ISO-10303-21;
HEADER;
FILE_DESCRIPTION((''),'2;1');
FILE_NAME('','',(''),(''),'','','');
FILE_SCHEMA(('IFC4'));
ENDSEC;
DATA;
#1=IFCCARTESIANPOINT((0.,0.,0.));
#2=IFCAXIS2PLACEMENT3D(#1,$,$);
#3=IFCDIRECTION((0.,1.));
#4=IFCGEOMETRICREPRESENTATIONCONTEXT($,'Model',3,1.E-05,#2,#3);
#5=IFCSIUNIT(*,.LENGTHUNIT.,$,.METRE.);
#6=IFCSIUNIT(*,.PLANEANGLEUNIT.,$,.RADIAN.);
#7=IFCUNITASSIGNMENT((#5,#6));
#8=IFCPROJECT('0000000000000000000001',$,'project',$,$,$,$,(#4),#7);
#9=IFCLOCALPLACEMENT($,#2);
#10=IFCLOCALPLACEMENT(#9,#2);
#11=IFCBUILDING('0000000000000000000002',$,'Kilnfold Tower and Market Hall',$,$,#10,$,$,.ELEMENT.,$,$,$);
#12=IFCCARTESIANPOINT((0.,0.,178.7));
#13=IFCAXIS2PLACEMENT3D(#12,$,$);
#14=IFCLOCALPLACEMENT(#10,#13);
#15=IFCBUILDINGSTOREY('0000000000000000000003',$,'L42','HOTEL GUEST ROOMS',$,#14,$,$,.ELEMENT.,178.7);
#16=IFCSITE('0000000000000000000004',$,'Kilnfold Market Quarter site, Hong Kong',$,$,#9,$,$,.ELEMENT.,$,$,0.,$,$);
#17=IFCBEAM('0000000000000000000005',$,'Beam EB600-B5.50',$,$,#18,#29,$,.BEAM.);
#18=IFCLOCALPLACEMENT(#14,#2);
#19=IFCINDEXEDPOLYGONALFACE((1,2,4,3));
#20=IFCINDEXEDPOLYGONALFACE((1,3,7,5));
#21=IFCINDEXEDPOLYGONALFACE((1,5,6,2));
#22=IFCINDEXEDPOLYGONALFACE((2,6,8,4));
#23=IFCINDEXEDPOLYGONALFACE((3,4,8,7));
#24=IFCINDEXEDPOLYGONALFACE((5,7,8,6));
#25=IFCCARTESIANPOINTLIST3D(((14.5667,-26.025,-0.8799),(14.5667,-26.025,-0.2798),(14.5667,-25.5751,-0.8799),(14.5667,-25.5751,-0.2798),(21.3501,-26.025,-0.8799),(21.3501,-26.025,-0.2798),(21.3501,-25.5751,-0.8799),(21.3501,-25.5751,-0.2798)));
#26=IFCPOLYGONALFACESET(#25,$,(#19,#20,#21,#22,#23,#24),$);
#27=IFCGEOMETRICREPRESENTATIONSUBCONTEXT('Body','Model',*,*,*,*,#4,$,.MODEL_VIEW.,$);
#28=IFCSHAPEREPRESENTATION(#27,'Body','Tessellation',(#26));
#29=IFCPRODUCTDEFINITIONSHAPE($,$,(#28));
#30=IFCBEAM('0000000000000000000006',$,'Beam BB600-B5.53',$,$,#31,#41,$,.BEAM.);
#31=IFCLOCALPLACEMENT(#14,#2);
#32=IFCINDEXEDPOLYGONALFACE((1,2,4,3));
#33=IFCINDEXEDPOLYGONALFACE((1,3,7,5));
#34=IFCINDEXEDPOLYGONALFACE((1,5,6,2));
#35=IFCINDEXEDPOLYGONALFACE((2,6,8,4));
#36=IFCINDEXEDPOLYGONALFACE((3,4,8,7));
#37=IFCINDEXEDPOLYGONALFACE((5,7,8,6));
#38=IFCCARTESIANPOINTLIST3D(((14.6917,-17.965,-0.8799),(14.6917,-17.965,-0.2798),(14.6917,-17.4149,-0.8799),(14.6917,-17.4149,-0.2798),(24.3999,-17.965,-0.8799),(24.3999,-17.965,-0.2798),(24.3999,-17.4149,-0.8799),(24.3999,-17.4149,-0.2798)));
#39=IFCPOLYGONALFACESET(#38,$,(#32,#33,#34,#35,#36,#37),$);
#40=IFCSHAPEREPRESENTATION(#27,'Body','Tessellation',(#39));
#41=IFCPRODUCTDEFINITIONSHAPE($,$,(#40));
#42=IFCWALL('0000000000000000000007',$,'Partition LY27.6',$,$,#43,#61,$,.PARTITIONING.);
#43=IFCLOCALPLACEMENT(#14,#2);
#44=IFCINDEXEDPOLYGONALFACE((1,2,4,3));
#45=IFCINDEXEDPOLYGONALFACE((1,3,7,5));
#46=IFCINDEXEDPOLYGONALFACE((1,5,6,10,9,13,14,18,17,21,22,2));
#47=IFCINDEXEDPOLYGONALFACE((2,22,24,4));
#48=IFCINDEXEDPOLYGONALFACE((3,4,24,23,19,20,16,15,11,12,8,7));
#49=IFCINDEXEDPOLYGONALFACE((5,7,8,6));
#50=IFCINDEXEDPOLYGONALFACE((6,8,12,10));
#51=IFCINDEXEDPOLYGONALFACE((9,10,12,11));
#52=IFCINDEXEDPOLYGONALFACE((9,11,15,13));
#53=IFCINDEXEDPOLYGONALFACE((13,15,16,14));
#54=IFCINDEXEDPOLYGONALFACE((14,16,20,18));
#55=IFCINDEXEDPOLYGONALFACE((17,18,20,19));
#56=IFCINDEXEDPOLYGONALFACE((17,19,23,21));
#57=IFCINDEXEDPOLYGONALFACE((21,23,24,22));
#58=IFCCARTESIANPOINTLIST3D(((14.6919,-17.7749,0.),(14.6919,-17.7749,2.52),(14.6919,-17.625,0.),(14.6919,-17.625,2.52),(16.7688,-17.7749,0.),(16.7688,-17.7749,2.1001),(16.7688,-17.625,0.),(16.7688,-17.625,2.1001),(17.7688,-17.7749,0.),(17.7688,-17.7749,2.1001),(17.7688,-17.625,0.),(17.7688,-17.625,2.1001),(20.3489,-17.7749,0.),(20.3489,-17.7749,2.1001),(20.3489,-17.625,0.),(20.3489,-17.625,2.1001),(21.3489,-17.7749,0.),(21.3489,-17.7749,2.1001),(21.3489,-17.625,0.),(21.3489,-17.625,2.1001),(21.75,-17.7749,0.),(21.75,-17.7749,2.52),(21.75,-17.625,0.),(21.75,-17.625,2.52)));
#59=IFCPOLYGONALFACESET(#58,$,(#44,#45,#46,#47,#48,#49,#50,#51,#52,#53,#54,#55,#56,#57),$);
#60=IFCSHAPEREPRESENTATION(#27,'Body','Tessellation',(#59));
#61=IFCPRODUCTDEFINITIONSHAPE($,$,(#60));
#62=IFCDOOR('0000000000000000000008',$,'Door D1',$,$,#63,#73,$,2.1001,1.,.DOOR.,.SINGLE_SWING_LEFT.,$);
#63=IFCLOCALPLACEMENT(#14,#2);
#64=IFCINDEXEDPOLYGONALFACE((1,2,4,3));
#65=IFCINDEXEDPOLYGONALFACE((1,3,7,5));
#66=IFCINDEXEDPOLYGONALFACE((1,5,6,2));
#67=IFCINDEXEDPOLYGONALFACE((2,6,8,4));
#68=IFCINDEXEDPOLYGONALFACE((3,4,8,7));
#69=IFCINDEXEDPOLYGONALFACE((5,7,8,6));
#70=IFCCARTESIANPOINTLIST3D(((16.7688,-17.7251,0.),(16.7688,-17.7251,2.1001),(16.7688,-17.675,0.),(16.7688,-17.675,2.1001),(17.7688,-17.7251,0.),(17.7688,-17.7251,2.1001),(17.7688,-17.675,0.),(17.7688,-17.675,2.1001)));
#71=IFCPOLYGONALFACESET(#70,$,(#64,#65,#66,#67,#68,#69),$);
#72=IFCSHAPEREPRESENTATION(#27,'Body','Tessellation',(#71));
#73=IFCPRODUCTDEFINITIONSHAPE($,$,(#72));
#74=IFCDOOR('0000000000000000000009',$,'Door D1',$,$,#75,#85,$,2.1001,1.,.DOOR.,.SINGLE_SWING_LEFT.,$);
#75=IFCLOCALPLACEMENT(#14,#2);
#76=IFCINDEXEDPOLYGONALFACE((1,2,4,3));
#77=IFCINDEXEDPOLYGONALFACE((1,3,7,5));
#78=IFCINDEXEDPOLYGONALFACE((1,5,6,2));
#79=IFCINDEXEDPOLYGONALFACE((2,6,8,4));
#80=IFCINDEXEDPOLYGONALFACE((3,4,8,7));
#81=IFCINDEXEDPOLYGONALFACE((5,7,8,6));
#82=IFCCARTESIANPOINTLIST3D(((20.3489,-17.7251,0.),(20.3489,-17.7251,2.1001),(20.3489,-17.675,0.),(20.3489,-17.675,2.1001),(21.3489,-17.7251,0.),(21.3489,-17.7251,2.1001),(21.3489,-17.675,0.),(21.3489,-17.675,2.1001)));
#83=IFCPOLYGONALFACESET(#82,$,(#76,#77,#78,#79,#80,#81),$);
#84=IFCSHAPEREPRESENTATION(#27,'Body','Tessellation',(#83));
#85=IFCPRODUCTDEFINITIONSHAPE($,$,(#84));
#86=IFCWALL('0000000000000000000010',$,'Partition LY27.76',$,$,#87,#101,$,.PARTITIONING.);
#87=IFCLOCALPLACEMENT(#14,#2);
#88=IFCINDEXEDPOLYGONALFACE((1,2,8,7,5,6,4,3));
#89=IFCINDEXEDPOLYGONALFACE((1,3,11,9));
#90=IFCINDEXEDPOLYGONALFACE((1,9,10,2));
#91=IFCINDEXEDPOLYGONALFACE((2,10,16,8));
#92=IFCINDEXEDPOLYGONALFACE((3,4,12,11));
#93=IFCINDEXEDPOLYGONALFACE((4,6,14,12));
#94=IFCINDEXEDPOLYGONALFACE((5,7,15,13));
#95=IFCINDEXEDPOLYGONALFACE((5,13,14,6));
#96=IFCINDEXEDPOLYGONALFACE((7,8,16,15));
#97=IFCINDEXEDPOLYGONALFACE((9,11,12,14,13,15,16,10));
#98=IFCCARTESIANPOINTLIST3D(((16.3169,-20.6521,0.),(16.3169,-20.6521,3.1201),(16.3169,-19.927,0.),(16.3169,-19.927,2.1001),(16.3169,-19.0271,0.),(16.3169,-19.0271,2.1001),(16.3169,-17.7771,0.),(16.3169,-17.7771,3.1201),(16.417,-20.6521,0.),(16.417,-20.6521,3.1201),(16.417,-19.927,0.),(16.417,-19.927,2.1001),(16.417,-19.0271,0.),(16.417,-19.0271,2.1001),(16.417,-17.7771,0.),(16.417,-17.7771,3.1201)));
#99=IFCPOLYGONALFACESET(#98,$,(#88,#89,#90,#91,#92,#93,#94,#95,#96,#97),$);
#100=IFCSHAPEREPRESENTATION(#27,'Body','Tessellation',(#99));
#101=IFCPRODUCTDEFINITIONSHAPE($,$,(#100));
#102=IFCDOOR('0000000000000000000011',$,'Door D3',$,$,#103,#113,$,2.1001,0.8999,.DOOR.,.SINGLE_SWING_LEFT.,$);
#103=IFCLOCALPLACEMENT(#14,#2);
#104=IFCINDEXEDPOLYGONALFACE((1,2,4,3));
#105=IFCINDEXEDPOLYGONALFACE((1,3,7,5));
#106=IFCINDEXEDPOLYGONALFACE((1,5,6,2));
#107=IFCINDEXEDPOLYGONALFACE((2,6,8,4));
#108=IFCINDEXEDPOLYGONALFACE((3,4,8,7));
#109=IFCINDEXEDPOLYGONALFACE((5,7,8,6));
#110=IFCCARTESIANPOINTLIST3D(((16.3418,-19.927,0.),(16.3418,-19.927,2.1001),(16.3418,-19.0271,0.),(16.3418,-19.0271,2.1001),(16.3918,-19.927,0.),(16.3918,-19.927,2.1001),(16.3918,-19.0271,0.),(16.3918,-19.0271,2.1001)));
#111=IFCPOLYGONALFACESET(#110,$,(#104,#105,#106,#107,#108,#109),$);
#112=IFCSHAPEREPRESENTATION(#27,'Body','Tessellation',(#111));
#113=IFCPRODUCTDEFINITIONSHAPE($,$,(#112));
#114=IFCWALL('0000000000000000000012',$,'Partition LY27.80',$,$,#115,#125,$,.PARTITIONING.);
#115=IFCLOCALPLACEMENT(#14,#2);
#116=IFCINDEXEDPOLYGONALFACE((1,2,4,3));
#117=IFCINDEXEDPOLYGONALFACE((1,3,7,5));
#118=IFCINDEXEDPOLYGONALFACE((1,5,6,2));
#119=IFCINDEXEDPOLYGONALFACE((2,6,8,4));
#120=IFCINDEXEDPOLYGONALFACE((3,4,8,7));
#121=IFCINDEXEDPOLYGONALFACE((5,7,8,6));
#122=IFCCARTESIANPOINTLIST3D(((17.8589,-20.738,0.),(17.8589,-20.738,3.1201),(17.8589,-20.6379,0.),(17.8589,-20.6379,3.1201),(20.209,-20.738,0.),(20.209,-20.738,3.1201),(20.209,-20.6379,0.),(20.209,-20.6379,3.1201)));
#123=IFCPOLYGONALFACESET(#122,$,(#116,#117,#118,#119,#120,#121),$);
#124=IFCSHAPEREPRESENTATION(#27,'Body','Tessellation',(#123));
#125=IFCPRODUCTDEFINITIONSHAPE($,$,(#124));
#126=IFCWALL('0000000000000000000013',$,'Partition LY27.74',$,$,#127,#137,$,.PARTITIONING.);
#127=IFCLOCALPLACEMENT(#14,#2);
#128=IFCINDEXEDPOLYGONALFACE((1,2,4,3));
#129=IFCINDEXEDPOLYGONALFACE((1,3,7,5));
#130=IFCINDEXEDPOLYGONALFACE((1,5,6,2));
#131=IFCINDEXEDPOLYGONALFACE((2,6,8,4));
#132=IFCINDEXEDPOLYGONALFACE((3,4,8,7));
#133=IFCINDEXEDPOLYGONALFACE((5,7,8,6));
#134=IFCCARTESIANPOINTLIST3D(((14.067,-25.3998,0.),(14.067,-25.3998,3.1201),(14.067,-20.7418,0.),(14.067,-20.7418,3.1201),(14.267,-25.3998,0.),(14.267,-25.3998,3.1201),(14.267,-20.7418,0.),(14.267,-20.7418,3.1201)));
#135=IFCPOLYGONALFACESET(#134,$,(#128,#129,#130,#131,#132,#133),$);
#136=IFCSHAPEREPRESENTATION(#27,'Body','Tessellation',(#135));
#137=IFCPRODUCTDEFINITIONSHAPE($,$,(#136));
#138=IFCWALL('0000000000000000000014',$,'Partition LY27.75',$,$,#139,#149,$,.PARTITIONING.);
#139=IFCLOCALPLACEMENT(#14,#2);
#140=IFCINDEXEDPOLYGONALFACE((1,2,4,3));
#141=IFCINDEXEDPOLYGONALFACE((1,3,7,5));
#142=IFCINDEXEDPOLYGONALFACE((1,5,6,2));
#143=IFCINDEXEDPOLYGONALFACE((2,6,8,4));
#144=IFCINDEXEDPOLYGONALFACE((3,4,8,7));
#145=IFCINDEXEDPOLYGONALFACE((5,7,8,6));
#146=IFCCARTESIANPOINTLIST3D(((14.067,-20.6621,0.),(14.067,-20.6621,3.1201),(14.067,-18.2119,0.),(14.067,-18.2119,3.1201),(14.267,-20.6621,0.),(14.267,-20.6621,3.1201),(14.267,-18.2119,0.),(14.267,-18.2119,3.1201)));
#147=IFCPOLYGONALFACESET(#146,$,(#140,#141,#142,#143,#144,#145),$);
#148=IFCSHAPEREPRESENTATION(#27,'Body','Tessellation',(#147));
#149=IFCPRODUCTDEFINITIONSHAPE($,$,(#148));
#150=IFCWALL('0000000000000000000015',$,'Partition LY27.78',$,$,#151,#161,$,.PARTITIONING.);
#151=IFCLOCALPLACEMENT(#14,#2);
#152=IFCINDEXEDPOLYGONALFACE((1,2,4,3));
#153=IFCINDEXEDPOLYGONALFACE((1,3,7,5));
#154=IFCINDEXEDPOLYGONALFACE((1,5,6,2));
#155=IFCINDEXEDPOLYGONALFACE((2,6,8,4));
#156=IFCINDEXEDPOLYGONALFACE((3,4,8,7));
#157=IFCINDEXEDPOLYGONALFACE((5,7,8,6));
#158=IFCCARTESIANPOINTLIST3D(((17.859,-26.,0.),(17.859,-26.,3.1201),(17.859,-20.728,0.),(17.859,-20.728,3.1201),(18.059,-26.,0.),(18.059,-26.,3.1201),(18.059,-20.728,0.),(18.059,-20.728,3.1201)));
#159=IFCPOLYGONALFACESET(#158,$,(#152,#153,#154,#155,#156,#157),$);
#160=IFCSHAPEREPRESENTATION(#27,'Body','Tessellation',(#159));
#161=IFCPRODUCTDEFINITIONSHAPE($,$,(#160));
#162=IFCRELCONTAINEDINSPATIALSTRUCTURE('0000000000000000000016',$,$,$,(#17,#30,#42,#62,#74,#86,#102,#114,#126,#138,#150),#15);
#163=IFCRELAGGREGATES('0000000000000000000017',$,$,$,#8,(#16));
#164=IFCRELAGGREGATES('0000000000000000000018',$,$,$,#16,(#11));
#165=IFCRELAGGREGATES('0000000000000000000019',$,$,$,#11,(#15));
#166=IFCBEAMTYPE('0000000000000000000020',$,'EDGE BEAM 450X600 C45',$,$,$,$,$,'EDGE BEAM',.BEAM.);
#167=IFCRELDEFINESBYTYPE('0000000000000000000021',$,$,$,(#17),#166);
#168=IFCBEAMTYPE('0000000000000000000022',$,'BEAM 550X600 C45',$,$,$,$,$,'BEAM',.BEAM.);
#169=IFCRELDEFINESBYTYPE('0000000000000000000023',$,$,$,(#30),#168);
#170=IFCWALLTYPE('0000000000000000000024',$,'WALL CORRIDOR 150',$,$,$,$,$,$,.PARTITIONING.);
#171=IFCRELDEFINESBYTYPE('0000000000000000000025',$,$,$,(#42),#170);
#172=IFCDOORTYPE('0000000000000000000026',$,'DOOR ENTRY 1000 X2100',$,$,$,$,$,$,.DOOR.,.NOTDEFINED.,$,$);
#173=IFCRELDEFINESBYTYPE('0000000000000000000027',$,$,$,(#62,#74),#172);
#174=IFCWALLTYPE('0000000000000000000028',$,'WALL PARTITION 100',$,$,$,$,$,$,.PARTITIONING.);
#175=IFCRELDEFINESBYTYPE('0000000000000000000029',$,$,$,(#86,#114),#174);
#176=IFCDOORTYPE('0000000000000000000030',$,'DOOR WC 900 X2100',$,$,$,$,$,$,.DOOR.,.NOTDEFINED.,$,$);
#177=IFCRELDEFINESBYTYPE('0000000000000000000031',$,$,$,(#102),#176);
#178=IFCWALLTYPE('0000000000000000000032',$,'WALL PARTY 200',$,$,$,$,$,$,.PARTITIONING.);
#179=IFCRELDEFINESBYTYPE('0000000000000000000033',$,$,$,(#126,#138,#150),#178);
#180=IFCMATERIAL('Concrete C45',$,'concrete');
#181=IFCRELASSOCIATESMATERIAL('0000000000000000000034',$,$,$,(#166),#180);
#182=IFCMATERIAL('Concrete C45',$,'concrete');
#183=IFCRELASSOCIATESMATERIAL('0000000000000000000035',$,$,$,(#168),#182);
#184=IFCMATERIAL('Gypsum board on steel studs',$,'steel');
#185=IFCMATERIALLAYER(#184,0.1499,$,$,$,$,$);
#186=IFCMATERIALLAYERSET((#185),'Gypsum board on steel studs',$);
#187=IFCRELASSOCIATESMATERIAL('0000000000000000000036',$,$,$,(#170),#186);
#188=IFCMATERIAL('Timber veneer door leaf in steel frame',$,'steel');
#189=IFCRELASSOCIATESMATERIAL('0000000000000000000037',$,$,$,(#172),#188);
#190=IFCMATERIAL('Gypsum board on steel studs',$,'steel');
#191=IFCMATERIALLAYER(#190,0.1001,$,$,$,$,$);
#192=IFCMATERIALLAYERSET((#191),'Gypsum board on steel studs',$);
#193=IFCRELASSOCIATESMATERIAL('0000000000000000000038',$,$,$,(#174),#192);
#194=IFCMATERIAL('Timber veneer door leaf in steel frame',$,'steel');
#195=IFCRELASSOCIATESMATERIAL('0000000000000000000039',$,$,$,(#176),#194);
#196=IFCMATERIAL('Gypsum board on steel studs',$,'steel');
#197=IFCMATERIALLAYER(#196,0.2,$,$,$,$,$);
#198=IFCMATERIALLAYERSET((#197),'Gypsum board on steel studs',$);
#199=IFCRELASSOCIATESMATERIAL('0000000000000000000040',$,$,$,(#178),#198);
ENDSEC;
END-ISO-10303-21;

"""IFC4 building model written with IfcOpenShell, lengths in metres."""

from ifc_helpers import new_model, si_unit, direction, frame, frame_2d, origin, origin_2d, place, context, subcontext, project, spatial, rectangle, extrude, source, transform, mapped, material, layer, layer_set, material_profile, profile_set, type_object, element, fill, save


model = new_model("IFC4")

# Units and contexts
model_context = context("Model", 3, precision=1e-05, world=origin(), true_north=direction((0.0, 1.0)))
body_context = subcontext(model_context, "Body", "Model", "MODEL_VIEW")
ifc_project = project(units=[si_unit("LENGTHUNIT", "METRE"), si_unit("PLANEANGLEUNIT", "RADIAN")], contexts=[model_context])

# Site, building, storey
site_placement = place(None, origin())
site = spatial("IfcSite", under=ifc_project, at=site_placement, Name="Kilnfold Market Quarter site, Hong Kong", CompositionType="ELEMENT", RefElevation=0.0)
building_placement = place(site_placement, origin())
building = spatial("IfcBuilding", under=site, at=building_placement, Name="Kilnfold Tower and Market Hall", CompositionType="ELEMENT")
storey_placement = place(building_placement, frame((0.0, 0.0, 178.7)))
storey = spatial("IfcBuildingStorey", under=building, at=storey_placement, Name="L42", Description="HOTEL GUEST ROOMS", CompositionType="ELEMENT", Elevation=178.7)

# Beams
ifc_material_1 = material(Name="Concrete C45", Category="concrete")
ifc_material_profile_1 = material_profile(ifc_material_1, rectangle(XDim=0.45, YDim=0.6001, at=origin_2d()), Name="RC 450x600")
ifc_profile_set_1 = profile_set([ifc_material_profile_1], Name="Concrete C45")
beam_type_1 = type_object("IfcBeamType", Name="EDGE BEAM 450X600 C45", ElementType="EDGE BEAM", PredefinedType="BEAM", material=ifc_profile_set_1)
shared_shape_1 = source(origin(), body_context, "Body", "SweptSolid", [
    extrude(rectangle(XDim=0.45, YDim=0.6001, at=origin_2d()), origin(), (0.0, 0.0, 1.0), 6.7834),
])
beam_1_placement = place(storey_placement, frame((14.5667, -25.8, -0.5798), z_axis=(1.0, 0.0, 0.0), x_axis=(0.0, 1.0, 0.0)))
element("IfcBeam", 1, at=beam_1_placement, inside=storey, type_object=beam_type_1, Name="Beam EB600-B5.50", PredefinedType="BEAM", context=body_context, shape_type="MappedRepresentation", body=[
    mapped(shared_shape_1, transform((0.0, 0.0, 0.0))),
])
ifc_material_2 = material(Name="Concrete C45", Category="concrete")
ifc_material_profile_2 = material_profile(ifc_material_2, rectangle(XDim=0.55, YDim=0.6001, at=origin_2d()), Name="RC 550x600")
ifc_profile_set_2 = profile_set([ifc_material_profile_2], Name="Concrete C45")
beam_type_2 = type_object("IfcBeamType", Name="BEAM 550X600 C45", ElementType="BEAM", PredefinedType="BEAM", material=ifc_profile_set_2)
shared_shape_2 = source(origin(), body_context, "Body", "SweptSolid", [
    extrude(rectangle(XDim=0.55, YDim=0.6001, at=origin_2d()), origin(), (0.0, 0.0, 1.0), 9.7083),
])
beam_2_placement = place(storey_placement, frame((14.6917, -17.6899, -0.5798), z_axis=(1.0, 0.0, 0.0), x_axis=(0.0, 1.0, 0.0)))
element("IfcBeam", 2, at=beam_2_placement, inside=storey, type_object=beam_type_2, Name="Beam BB600-B5.53", PredefinedType="BEAM", context=body_context, shape_type="MappedRepresentation", body=[
    mapped(shared_shape_2, transform((0.0, 0.0, 0.0))),
])

# Wall, openings, doors
ifc_material_3 = material(Name="Gypsum board on steel studs", Category="steel")
ifc_layer_1 = layer(ifc_material_3, 0.1499)
ifc_layer_set_1 = layer_set([ifc_layer_1], Name="Gypsum board on steel studs")
wall_type_1 = type_object("IfcWallType", Name="WALL CORRIDOR 150", PredefinedType="PARTITIONING", material=ifc_layer_set_1)
wall_1_placement = place(storey_placement, frame((14.6919, -17.7, 0.0), z_axis=(0.0, 0.0, 1.0), x_axis=(1.0, 0.0, 0.0)))
wall_1 = element("IfcWall", 3, at=wall_1_placement, inside=storey, type_object=wall_type_1, Name="Partition LY27.6", PredefinedType="PARTITIONING", context=body_context, shape_type="SweptSolid", body=[
    extrude(rectangle(XDim=7.0581, YDim=0.1499, at=frame_2d((3.5291, 0.0))), origin(), (0.0, 0.0, 1.0), 2.52),
])
opening_1_placement = place(wall_1_placement, frame((2.0769, 0.0, 0.0)))
opening_1 = element("IfcOpeningElement", 4, at=opening_1_placement, cuts=wall_1, PredefinedType="OPENING", context=body_context, shape_type="SweptSolid", body=[
    extrude(rectangle(XDim=1.0, YDim=2.1001, at=frame_2d((0.5, 1.05))), frame((0.0, 0.085, 0.0), z_axis=(0.0, -1.0, 0.0), x_axis=(1.0, 0.0, 0.0)), (0.0, 0.0, 1.0), 0.1699),
])
opening_2_placement = place(wall_1_placement, frame((5.657, 0.0, 0.0)))
opening_2 = element("IfcOpeningElement", 5, at=opening_2_placement, cuts=wall_1, PredefinedType="OPENING", context=body_context, shape_type="SweptSolid", body=[
    extrude(rectangle(XDim=1.0, YDim=2.1001, at=frame_2d((0.5, 1.05))), frame((0.0, 0.085, 0.0), z_axis=(0.0, -1.0, 0.0), x_axis=(1.0, 0.0, 0.0)), (0.0, 0.0, 1.0), 0.1699),
])
ifc_material_4 = material(Name="Timber veneer door leaf in steel frame", Category="steel")
door_type_1 = type_object("IfcDoorType", Name="DOOR ENTRY 1000 X2100", OperationType="NOTDEFINED", PredefinedType="DOOR", material=ifc_material_4)
door_1_placement = place(opening_1_placement, origin())
door_1 = element("IfcDoor", 6, at=door_1_placement, inside=storey, type_object=door_type_1, Name="Door D1", OperationType="SINGLE_SWING_LEFT", OverallHeight=2.1001, OverallWidth=1.0, PredefinedType="DOOR", context=body_context, shape_type="SweptSolid", body=[
    extrude(rectangle(XDim=1.0, YDim=2.1001, at=frame_2d((0.5, 1.05))), frame((0.0, 0.0249, 0.0), z_axis=(0.0, -1.0, 0.0), x_axis=(1.0, 0.0, 0.0)), (0.0, 0.0, 1.0), 0.05),
])
fill(opening_1, door_1)
door_2_placement = place(opening_2_placement, origin())
door_2 = element("IfcDoor", 7, at=door_2_placement, inside=storey, type_object=door_type_1, Name="Door D1", OperationType="SINGLE_SWING_LEFT", OverallHeight=2.1001, OverallWidth=1.0, PredefinedType="DOOR", context=body_context, shape_type="SweptSolid", body=[
    extrude(rectangle(XDim=1.0, YDim=2.1001, at=frame_2d((0.5, 1.05))), frame((0.0, 0.0249, 0.0), z_axis=(0.0, -1.0, 0.0), x_axis=(1.0, 0.0, 0.0)), (0.0, 0.0, 1.0), 0.05),
])
fill(opening_2, door_2)

# Wall, opening, door
ifc_material_5 = material(Name="Gypsum board on steel studs", Category="steel")
ifc_layer_2 = layer(ifc_material_5, 0.1001)
ifc_layer_set_2 = layer_set([ifc_layer_2], Name="Gypsum board on steel studs")
wall_type_2 = type_object("IfcWallType", Name="WALL PARTITION 100", PredefinedType="PARTITIONING", material=ifc_layer_set_2)
wall_2_placement = place(storey_placement, frame((16.3669, -17.7771, 0.0), z_axis=(0.0, 0.0, 1.0), x_axis=(0.0, -1.0, 0.0)))
wall_2 = element("IfcWall", 8, at=wall_2_placement, inside=storey, type_object=wall_type_2, Name="Partition LY27.76", PredefinedType="PARTITIONING", context=body_context, shape_type="SweptSolid", body=[
    extrude(rectangle(XDim=2.875, YDim=0.1001, at=frame_2d((1.4375, 0.0))), origin(), (0.0, 0.0, 1.0), 3.1201),
])
opening_3_placement = place(wall_2_placement, frame((1.25, 0.0, 0.0)))
opening_3 = element("IfcOpeningElement", 9, at=opening_3_placement, cuts=wall_2, PredefinedType="OPENING", context=body_context, shape_type="SweptSolid", body=[
    extrude(rectangle(XDim=0.8999, YDim=2.1001, at=frame_2d((0.45, 1.05))), frame((0.0, 0.0601, 0.0), z_axis=(0.0, -1.0, 0.0), x_axis=(1.0, 0.0, 0.0)), (0.0, 0.0, 1.0), 0.1201),
])
ifc_material_6 = material(Name="Timber veneer door leaf in steel frame", Category="steel")
door_type_2 = type_object("IfcDoorType", Name="DOOR WC 900 X2100", OperationType="NOTDEFINED", PredefinedType="DOOR", material=ifc_material_6)
door_3_placement = place(opening_3_placement, origin())
door_3 = element("IfcDoor", 10, at=door_3_placement, inside=storey, type_object=door_type_2, Name="Door D3", OperationType="SINGLE_SWING_LEFT", OverallHeight=2.1001, OverallWidth=0.8999, PredefinedType="DOOR", context=body_context, shape_type="SweptSolid", body=[
    extrude(rectangle(XDim=0.8999, YDim=2.1001, at=frame_2d((0.45, 1.05))), frame((0.0, 0.0249, 0.0), z_axis=(0.0, -1.0, 0.0), x_axis=(1.0, 0.0, 0.0)), (0.0, 0.0, 1.0), 0.05),
])
fill(opening_3, door_3)

# Walls
wall_3_placement = place(storey_placement, frame((17.8589, -20.688, 0.0), z_axis=(0.0, 0.0, 1.0), x_axis=(1.0, 0.0, 0.0)))
element("IfcWall", 11, at=wall_3_placement, inside=storey, type_object=wall_type_2, Name="Partition LY27.80", PredefinedType="PARTITIONING", context=body_context, shape_type="SweptSolid", body=[
    extrude(rectangle(XDim=2.3501, YDim=0.1001, at=frame_2d((1.175, 0.0))), origin(), (0.0, 0.0, 1.0), 3.1201),
])
ifc_material_7 = material(Name="Gypsum board on steel studs", Category="steel")
ifc_layer_3 = layer(ifc_material_7, 0.2)
ifc_layer_set_3 = layer_set([ifc_layer_3], Name="Gypsum board on steel studs")
wall_type_3 = type_object("IfcWallType", Name="WALL PARTY 200", PredefinedType="PARTITIONING", material=ifc_layer_set_3)
wall_4_placement = place(storey_placement, frame((14.167, -25.3999, 0.0), z_axis=(0.0, 0.0, 1.0), x_axis=(0.0, 1.0, 0.0)))
element("IfcWall", 12, at=wall_4_placement, inside=storey, type_object=wall_type_3, Name="Partition LY27.74", PredefinedType="PARTITIONING", context=body_context, shape_type="SweptSolid", body=[
    extrude(rectangle(XDim=4.658, YDim=0.2, at=frame_2d((2.3291, 0.0))), origin(), (0.0, 0.0, 1.0), 3.1201),
])
wall_5_placement = place(storey_placement, frame((14.167, -20.6621, 0.0), z_axis=(0.0, 0.0, 1.0), x_axis=(0.0, 1.0, 0.0)))
element("IfcWall", 13, at=wall_5_placement, inside=storey, type_object=wall_type_3, Name="Partition LY27.75", PredefinedType="PARTITIONING", context=body_context, shape_type="SweptSolid", body=[
    extrude(rectangle(XDim=2.4502, YDim=0.2, at=frame_2d((1.2251, 0.0))), origin(), (0.0, 0.0, 1.0), 3.1201),
])
wall_6_placement = place(storey_placement, frame((17.959, -26.0, 0.0), z_axis=(0.0, 0.0, 1.0), x_axis=(0.0, 1.0, 0.0)))
element("IfcWall", 14, at=wall_6_placement, inside=storey, type_object=wall_type_3, Name="Partition LY27.78", PredefinedType="PARTITIONING", context=body_context, shape_type="SweptSolid", body=[
    extrude(rectangle(XDim=5.272, YDim=0.2, at=frame_2d((2.636, 0.0))), origin(), (0.0, 0.0, 1.0), 3.1201),
])

save(model, "model.ifc")
